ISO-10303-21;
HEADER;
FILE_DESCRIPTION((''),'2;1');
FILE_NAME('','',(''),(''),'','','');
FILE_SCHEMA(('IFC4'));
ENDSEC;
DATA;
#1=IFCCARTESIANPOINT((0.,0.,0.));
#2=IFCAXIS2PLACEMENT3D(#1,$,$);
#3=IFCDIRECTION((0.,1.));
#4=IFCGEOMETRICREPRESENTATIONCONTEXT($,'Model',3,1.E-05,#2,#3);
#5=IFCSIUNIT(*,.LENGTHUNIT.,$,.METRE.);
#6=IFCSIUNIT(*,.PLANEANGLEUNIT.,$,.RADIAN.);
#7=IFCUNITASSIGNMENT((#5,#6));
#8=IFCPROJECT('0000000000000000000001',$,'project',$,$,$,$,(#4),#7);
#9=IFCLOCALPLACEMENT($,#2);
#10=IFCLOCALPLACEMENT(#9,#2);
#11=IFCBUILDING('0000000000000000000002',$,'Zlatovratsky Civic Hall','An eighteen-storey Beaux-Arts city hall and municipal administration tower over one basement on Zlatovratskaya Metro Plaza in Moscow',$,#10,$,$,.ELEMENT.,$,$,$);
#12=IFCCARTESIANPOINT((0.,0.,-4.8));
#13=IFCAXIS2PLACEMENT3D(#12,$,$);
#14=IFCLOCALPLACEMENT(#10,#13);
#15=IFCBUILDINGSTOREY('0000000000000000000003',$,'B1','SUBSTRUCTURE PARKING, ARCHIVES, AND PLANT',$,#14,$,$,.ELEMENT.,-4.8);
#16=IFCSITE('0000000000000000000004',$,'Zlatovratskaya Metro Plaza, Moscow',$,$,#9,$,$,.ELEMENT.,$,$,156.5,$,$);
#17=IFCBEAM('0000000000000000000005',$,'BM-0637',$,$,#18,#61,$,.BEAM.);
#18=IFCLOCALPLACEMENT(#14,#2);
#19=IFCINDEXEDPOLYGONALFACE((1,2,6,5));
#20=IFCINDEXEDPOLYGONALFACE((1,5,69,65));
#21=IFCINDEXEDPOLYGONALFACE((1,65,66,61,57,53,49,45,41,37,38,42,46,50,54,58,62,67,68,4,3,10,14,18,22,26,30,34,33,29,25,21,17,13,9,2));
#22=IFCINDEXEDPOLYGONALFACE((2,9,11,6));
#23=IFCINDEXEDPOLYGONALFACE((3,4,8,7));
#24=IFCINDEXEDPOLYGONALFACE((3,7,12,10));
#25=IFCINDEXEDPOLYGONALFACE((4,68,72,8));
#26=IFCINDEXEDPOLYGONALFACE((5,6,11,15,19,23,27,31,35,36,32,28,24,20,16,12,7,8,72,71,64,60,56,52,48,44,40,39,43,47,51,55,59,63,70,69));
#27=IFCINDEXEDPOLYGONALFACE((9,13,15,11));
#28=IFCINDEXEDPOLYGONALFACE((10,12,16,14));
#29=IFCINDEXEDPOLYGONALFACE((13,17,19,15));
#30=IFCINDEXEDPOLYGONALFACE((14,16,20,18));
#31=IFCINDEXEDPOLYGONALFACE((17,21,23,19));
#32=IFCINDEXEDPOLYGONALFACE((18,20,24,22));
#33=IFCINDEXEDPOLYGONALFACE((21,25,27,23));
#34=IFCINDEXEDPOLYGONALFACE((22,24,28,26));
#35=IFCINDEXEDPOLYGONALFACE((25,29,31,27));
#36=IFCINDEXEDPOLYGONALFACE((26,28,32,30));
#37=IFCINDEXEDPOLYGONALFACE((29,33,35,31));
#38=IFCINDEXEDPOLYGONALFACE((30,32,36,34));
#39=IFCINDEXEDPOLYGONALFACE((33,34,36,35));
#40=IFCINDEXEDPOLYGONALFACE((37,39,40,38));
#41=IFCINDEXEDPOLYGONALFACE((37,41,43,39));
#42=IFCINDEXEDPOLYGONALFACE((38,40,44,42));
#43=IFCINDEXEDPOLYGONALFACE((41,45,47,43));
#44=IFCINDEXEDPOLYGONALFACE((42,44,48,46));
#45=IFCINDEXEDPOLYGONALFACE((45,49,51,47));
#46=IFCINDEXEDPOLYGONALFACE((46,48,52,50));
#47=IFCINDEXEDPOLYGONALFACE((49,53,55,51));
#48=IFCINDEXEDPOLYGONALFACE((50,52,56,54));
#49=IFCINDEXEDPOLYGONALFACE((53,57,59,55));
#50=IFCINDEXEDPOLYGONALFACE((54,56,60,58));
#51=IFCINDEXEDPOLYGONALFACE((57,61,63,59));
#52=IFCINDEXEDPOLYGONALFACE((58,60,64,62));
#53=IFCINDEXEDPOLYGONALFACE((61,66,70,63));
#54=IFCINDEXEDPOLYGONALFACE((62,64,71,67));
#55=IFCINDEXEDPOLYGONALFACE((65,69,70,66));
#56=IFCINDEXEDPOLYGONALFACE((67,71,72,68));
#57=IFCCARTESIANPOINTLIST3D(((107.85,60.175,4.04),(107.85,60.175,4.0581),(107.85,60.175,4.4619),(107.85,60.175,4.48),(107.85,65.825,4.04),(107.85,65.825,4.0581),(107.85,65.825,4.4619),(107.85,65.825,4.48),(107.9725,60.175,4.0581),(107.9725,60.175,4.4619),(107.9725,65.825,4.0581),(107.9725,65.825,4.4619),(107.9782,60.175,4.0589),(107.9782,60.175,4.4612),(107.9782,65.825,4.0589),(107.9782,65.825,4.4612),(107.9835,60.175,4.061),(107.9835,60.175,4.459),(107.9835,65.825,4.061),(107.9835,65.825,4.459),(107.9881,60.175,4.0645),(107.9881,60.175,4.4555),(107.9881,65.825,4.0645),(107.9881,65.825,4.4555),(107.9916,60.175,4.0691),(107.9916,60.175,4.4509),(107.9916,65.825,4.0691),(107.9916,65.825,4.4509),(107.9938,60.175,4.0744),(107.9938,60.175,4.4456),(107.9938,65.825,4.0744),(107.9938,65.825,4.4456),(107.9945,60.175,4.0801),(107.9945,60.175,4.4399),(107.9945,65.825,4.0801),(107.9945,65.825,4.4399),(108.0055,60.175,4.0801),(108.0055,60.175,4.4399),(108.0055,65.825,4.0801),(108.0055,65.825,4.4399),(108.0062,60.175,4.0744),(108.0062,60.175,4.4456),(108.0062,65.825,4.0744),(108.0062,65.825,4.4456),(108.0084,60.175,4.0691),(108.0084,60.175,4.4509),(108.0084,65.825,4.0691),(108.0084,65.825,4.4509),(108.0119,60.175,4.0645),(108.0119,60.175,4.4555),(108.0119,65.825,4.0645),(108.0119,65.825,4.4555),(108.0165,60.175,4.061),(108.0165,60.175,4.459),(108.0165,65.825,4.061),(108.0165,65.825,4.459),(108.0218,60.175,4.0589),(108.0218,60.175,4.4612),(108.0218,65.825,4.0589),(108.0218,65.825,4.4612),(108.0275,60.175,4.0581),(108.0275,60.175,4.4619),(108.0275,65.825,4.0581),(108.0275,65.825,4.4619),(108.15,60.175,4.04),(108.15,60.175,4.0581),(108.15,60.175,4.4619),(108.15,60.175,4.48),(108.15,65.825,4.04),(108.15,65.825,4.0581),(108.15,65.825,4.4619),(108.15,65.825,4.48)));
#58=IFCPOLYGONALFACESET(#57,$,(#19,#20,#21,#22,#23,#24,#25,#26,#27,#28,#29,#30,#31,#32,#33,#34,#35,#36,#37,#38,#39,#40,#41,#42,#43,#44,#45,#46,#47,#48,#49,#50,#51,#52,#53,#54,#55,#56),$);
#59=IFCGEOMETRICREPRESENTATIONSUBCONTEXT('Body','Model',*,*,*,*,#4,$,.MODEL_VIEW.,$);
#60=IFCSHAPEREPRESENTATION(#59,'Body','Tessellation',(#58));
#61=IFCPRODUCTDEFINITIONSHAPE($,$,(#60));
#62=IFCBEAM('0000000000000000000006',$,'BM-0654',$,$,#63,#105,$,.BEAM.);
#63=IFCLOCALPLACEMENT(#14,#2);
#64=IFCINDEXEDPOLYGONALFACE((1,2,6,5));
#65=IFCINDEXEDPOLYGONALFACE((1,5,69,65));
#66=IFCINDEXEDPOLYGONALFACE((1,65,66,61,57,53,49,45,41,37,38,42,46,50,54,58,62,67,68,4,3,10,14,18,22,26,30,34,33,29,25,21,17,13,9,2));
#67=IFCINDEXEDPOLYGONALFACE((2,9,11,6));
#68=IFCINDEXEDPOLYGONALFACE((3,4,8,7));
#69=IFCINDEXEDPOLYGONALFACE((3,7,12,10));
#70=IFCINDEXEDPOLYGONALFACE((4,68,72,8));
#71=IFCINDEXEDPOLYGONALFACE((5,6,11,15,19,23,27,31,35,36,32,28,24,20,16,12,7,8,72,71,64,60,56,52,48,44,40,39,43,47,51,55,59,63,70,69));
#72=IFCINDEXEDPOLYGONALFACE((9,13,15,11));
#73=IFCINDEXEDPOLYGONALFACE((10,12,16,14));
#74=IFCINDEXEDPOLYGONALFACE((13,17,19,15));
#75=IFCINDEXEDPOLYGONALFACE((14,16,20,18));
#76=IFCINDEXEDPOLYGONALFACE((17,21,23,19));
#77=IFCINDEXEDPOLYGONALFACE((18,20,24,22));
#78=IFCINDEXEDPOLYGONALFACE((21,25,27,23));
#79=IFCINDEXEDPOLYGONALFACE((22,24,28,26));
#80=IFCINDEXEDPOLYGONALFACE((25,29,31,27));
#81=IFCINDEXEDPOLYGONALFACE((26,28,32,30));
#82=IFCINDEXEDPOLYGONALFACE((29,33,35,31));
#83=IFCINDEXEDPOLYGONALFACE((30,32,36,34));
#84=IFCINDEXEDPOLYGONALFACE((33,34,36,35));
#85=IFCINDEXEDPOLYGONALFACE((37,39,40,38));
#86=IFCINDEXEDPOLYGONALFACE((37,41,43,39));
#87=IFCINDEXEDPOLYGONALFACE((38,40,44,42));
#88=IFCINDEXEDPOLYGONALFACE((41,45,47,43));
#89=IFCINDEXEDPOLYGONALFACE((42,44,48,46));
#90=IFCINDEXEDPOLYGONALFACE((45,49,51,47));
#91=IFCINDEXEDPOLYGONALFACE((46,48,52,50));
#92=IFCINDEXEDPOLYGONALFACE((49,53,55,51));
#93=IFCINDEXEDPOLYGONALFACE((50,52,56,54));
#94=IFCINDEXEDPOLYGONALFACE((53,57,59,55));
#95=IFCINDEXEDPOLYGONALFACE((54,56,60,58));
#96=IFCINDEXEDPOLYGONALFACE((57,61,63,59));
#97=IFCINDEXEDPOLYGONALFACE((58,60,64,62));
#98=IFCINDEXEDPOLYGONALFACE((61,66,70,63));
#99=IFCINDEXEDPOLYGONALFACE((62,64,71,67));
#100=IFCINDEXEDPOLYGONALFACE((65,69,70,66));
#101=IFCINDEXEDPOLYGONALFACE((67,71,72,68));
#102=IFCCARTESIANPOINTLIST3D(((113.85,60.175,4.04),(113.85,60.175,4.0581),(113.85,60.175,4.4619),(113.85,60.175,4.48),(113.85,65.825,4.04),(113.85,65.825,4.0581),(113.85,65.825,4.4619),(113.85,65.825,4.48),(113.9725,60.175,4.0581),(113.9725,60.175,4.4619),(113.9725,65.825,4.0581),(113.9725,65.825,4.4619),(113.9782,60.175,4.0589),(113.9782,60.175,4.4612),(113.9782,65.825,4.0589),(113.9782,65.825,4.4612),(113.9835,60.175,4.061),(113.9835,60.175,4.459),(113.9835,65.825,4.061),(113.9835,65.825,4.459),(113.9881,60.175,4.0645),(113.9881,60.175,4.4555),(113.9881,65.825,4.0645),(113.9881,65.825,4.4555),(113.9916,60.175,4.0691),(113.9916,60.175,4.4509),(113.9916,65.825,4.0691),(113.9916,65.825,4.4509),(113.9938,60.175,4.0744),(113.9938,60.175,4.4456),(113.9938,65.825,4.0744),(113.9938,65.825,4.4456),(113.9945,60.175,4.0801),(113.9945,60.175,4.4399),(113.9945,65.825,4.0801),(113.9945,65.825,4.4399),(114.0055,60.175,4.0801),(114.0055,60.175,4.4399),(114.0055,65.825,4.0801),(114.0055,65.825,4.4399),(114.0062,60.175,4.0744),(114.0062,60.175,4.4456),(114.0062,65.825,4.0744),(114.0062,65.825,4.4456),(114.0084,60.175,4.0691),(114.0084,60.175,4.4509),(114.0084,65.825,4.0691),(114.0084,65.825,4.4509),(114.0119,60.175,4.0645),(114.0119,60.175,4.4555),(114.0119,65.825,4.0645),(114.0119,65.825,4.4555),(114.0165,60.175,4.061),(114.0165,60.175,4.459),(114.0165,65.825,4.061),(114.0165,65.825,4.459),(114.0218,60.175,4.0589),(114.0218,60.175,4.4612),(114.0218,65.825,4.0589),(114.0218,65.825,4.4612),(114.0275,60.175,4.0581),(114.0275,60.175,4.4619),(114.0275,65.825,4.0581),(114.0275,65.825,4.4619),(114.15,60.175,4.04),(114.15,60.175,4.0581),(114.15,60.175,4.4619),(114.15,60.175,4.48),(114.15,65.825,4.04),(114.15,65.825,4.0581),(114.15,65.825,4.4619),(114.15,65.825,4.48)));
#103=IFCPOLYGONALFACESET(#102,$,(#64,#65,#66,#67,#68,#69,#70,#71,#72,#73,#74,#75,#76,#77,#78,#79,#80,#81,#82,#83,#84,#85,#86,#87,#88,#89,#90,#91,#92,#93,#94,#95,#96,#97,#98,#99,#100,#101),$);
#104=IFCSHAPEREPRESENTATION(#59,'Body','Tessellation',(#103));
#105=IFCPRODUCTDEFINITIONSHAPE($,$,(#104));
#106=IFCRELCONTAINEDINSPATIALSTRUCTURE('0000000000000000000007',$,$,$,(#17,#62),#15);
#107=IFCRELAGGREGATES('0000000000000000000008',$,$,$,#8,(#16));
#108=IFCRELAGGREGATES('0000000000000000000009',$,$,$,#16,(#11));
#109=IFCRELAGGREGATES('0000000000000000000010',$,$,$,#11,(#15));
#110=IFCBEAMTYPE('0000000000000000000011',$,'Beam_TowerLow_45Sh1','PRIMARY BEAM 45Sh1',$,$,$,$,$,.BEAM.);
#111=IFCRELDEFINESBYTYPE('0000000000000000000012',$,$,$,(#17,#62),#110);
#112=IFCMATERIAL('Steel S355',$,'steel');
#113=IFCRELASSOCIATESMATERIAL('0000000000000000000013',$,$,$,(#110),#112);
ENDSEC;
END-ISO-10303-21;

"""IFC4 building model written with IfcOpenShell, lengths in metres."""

from ifc_helpers import new_model, si_unit, direction, frame, origin, origin_2d, place, context, subcontext, project, spatial, i_section, extrude, material, material_profile, profile_set, type_object, element, save


model = new_model("IFC4")

# Units and contexts
model_context = context("Model", 3, precision=1e-05, world=origin(), true_north=direction((0.0, 1.0)))
body_context = subcontext(model_context, "Body", "Model", "MODEL_VIEW")
ifc_project = project(units=[si_unit("LENGTHUNIT", "METRE"), si_unit("PLANEANGLEUNIT", "RADIAN")], contexts=[model_context])

# Site, building, storey
site_placement = place(None, origin())
site = spatial("IfcSite", under=ifc_project, at=site_placement, Name="Zlatovratskaya Metro Plaza, Moscow", CompositionType="ELEMENT", RefElevation=156.5)
building_placement = place(site_placement, origin())
building = spatial("IfcBuilding", under=site, at=building_placement, Name="Zlatovratsky Civic Hall", Description="An eighteen-storey Beaux-Arts city hall and municipal administration tower over one basement on Zlatovratskaya Metro Plaza in Moscow", CompositionType="ELEMENT")
storey_placement = place(building_placement, frame((0.0, 0.0, -4.8)))
storey = spatial("IfcBuildingStorey", under=building, at=storey_placement, Name="B1", Description="SUBSTRUCTURE PARKING, ARCHIVES, AND PLANT", CompositionType="ELEMENT", Elevation=-4.8)

# Shared definitions
ifc_material_1 = material(Name="Steel S355", Category="steel")

# Beams
ifc_material_profile_1 = material_profile(ifc_material_1, i_section(OverallWidth=0.3, OverallDepth=0.4399, WebThickness=0.011, FlangeThickness=0.0181, FilletRadius=0.022, at=origin_2d()), Name="45Sh1")
ifc_profile_set_1 = profile_set([ifc_material_profile_1], Name="Steel S355")
beam_type = type_object("IfcBeamType", Name="Beam_TowerLow_45Sh1", Description="PRIMARY BEAM 45Sh1", PredefinedType="BEAM", material=ifc_profile_set_1)
for number, where, z_axis, x_axis, name in (
    (1, (108.0, 60.175, 4.26), (0.0, 1.0, 0.0), (-1.0, 0.0, 0.0), "BM-0637"),
    (2, (114.0, 60.175, 4.26), (0.0, 1.0, 0.0), (-1.0, 0.0, 0.0), "BM-0654"),
):
    element("IfcBeam", number, at=place(storey_placement, frame(where, z_axis=z_axis, x_axis=x_axis)), inside=storey, type_object=beam_type, Name=name, PredefinedType="BEAM", context=body_context, shape_type="SweptSolid", body=[
        extrude(i_section(OverallWidth=0.3, OverallDepth=0.4399, WebThickness=0.011, FlangeThickness=0.0181, FilletRadius=0.022, at=origin_2d()), origin(), (0.0, 0.0, 1.0), 5.6499),
    ])

save(model, "model.ifc")
